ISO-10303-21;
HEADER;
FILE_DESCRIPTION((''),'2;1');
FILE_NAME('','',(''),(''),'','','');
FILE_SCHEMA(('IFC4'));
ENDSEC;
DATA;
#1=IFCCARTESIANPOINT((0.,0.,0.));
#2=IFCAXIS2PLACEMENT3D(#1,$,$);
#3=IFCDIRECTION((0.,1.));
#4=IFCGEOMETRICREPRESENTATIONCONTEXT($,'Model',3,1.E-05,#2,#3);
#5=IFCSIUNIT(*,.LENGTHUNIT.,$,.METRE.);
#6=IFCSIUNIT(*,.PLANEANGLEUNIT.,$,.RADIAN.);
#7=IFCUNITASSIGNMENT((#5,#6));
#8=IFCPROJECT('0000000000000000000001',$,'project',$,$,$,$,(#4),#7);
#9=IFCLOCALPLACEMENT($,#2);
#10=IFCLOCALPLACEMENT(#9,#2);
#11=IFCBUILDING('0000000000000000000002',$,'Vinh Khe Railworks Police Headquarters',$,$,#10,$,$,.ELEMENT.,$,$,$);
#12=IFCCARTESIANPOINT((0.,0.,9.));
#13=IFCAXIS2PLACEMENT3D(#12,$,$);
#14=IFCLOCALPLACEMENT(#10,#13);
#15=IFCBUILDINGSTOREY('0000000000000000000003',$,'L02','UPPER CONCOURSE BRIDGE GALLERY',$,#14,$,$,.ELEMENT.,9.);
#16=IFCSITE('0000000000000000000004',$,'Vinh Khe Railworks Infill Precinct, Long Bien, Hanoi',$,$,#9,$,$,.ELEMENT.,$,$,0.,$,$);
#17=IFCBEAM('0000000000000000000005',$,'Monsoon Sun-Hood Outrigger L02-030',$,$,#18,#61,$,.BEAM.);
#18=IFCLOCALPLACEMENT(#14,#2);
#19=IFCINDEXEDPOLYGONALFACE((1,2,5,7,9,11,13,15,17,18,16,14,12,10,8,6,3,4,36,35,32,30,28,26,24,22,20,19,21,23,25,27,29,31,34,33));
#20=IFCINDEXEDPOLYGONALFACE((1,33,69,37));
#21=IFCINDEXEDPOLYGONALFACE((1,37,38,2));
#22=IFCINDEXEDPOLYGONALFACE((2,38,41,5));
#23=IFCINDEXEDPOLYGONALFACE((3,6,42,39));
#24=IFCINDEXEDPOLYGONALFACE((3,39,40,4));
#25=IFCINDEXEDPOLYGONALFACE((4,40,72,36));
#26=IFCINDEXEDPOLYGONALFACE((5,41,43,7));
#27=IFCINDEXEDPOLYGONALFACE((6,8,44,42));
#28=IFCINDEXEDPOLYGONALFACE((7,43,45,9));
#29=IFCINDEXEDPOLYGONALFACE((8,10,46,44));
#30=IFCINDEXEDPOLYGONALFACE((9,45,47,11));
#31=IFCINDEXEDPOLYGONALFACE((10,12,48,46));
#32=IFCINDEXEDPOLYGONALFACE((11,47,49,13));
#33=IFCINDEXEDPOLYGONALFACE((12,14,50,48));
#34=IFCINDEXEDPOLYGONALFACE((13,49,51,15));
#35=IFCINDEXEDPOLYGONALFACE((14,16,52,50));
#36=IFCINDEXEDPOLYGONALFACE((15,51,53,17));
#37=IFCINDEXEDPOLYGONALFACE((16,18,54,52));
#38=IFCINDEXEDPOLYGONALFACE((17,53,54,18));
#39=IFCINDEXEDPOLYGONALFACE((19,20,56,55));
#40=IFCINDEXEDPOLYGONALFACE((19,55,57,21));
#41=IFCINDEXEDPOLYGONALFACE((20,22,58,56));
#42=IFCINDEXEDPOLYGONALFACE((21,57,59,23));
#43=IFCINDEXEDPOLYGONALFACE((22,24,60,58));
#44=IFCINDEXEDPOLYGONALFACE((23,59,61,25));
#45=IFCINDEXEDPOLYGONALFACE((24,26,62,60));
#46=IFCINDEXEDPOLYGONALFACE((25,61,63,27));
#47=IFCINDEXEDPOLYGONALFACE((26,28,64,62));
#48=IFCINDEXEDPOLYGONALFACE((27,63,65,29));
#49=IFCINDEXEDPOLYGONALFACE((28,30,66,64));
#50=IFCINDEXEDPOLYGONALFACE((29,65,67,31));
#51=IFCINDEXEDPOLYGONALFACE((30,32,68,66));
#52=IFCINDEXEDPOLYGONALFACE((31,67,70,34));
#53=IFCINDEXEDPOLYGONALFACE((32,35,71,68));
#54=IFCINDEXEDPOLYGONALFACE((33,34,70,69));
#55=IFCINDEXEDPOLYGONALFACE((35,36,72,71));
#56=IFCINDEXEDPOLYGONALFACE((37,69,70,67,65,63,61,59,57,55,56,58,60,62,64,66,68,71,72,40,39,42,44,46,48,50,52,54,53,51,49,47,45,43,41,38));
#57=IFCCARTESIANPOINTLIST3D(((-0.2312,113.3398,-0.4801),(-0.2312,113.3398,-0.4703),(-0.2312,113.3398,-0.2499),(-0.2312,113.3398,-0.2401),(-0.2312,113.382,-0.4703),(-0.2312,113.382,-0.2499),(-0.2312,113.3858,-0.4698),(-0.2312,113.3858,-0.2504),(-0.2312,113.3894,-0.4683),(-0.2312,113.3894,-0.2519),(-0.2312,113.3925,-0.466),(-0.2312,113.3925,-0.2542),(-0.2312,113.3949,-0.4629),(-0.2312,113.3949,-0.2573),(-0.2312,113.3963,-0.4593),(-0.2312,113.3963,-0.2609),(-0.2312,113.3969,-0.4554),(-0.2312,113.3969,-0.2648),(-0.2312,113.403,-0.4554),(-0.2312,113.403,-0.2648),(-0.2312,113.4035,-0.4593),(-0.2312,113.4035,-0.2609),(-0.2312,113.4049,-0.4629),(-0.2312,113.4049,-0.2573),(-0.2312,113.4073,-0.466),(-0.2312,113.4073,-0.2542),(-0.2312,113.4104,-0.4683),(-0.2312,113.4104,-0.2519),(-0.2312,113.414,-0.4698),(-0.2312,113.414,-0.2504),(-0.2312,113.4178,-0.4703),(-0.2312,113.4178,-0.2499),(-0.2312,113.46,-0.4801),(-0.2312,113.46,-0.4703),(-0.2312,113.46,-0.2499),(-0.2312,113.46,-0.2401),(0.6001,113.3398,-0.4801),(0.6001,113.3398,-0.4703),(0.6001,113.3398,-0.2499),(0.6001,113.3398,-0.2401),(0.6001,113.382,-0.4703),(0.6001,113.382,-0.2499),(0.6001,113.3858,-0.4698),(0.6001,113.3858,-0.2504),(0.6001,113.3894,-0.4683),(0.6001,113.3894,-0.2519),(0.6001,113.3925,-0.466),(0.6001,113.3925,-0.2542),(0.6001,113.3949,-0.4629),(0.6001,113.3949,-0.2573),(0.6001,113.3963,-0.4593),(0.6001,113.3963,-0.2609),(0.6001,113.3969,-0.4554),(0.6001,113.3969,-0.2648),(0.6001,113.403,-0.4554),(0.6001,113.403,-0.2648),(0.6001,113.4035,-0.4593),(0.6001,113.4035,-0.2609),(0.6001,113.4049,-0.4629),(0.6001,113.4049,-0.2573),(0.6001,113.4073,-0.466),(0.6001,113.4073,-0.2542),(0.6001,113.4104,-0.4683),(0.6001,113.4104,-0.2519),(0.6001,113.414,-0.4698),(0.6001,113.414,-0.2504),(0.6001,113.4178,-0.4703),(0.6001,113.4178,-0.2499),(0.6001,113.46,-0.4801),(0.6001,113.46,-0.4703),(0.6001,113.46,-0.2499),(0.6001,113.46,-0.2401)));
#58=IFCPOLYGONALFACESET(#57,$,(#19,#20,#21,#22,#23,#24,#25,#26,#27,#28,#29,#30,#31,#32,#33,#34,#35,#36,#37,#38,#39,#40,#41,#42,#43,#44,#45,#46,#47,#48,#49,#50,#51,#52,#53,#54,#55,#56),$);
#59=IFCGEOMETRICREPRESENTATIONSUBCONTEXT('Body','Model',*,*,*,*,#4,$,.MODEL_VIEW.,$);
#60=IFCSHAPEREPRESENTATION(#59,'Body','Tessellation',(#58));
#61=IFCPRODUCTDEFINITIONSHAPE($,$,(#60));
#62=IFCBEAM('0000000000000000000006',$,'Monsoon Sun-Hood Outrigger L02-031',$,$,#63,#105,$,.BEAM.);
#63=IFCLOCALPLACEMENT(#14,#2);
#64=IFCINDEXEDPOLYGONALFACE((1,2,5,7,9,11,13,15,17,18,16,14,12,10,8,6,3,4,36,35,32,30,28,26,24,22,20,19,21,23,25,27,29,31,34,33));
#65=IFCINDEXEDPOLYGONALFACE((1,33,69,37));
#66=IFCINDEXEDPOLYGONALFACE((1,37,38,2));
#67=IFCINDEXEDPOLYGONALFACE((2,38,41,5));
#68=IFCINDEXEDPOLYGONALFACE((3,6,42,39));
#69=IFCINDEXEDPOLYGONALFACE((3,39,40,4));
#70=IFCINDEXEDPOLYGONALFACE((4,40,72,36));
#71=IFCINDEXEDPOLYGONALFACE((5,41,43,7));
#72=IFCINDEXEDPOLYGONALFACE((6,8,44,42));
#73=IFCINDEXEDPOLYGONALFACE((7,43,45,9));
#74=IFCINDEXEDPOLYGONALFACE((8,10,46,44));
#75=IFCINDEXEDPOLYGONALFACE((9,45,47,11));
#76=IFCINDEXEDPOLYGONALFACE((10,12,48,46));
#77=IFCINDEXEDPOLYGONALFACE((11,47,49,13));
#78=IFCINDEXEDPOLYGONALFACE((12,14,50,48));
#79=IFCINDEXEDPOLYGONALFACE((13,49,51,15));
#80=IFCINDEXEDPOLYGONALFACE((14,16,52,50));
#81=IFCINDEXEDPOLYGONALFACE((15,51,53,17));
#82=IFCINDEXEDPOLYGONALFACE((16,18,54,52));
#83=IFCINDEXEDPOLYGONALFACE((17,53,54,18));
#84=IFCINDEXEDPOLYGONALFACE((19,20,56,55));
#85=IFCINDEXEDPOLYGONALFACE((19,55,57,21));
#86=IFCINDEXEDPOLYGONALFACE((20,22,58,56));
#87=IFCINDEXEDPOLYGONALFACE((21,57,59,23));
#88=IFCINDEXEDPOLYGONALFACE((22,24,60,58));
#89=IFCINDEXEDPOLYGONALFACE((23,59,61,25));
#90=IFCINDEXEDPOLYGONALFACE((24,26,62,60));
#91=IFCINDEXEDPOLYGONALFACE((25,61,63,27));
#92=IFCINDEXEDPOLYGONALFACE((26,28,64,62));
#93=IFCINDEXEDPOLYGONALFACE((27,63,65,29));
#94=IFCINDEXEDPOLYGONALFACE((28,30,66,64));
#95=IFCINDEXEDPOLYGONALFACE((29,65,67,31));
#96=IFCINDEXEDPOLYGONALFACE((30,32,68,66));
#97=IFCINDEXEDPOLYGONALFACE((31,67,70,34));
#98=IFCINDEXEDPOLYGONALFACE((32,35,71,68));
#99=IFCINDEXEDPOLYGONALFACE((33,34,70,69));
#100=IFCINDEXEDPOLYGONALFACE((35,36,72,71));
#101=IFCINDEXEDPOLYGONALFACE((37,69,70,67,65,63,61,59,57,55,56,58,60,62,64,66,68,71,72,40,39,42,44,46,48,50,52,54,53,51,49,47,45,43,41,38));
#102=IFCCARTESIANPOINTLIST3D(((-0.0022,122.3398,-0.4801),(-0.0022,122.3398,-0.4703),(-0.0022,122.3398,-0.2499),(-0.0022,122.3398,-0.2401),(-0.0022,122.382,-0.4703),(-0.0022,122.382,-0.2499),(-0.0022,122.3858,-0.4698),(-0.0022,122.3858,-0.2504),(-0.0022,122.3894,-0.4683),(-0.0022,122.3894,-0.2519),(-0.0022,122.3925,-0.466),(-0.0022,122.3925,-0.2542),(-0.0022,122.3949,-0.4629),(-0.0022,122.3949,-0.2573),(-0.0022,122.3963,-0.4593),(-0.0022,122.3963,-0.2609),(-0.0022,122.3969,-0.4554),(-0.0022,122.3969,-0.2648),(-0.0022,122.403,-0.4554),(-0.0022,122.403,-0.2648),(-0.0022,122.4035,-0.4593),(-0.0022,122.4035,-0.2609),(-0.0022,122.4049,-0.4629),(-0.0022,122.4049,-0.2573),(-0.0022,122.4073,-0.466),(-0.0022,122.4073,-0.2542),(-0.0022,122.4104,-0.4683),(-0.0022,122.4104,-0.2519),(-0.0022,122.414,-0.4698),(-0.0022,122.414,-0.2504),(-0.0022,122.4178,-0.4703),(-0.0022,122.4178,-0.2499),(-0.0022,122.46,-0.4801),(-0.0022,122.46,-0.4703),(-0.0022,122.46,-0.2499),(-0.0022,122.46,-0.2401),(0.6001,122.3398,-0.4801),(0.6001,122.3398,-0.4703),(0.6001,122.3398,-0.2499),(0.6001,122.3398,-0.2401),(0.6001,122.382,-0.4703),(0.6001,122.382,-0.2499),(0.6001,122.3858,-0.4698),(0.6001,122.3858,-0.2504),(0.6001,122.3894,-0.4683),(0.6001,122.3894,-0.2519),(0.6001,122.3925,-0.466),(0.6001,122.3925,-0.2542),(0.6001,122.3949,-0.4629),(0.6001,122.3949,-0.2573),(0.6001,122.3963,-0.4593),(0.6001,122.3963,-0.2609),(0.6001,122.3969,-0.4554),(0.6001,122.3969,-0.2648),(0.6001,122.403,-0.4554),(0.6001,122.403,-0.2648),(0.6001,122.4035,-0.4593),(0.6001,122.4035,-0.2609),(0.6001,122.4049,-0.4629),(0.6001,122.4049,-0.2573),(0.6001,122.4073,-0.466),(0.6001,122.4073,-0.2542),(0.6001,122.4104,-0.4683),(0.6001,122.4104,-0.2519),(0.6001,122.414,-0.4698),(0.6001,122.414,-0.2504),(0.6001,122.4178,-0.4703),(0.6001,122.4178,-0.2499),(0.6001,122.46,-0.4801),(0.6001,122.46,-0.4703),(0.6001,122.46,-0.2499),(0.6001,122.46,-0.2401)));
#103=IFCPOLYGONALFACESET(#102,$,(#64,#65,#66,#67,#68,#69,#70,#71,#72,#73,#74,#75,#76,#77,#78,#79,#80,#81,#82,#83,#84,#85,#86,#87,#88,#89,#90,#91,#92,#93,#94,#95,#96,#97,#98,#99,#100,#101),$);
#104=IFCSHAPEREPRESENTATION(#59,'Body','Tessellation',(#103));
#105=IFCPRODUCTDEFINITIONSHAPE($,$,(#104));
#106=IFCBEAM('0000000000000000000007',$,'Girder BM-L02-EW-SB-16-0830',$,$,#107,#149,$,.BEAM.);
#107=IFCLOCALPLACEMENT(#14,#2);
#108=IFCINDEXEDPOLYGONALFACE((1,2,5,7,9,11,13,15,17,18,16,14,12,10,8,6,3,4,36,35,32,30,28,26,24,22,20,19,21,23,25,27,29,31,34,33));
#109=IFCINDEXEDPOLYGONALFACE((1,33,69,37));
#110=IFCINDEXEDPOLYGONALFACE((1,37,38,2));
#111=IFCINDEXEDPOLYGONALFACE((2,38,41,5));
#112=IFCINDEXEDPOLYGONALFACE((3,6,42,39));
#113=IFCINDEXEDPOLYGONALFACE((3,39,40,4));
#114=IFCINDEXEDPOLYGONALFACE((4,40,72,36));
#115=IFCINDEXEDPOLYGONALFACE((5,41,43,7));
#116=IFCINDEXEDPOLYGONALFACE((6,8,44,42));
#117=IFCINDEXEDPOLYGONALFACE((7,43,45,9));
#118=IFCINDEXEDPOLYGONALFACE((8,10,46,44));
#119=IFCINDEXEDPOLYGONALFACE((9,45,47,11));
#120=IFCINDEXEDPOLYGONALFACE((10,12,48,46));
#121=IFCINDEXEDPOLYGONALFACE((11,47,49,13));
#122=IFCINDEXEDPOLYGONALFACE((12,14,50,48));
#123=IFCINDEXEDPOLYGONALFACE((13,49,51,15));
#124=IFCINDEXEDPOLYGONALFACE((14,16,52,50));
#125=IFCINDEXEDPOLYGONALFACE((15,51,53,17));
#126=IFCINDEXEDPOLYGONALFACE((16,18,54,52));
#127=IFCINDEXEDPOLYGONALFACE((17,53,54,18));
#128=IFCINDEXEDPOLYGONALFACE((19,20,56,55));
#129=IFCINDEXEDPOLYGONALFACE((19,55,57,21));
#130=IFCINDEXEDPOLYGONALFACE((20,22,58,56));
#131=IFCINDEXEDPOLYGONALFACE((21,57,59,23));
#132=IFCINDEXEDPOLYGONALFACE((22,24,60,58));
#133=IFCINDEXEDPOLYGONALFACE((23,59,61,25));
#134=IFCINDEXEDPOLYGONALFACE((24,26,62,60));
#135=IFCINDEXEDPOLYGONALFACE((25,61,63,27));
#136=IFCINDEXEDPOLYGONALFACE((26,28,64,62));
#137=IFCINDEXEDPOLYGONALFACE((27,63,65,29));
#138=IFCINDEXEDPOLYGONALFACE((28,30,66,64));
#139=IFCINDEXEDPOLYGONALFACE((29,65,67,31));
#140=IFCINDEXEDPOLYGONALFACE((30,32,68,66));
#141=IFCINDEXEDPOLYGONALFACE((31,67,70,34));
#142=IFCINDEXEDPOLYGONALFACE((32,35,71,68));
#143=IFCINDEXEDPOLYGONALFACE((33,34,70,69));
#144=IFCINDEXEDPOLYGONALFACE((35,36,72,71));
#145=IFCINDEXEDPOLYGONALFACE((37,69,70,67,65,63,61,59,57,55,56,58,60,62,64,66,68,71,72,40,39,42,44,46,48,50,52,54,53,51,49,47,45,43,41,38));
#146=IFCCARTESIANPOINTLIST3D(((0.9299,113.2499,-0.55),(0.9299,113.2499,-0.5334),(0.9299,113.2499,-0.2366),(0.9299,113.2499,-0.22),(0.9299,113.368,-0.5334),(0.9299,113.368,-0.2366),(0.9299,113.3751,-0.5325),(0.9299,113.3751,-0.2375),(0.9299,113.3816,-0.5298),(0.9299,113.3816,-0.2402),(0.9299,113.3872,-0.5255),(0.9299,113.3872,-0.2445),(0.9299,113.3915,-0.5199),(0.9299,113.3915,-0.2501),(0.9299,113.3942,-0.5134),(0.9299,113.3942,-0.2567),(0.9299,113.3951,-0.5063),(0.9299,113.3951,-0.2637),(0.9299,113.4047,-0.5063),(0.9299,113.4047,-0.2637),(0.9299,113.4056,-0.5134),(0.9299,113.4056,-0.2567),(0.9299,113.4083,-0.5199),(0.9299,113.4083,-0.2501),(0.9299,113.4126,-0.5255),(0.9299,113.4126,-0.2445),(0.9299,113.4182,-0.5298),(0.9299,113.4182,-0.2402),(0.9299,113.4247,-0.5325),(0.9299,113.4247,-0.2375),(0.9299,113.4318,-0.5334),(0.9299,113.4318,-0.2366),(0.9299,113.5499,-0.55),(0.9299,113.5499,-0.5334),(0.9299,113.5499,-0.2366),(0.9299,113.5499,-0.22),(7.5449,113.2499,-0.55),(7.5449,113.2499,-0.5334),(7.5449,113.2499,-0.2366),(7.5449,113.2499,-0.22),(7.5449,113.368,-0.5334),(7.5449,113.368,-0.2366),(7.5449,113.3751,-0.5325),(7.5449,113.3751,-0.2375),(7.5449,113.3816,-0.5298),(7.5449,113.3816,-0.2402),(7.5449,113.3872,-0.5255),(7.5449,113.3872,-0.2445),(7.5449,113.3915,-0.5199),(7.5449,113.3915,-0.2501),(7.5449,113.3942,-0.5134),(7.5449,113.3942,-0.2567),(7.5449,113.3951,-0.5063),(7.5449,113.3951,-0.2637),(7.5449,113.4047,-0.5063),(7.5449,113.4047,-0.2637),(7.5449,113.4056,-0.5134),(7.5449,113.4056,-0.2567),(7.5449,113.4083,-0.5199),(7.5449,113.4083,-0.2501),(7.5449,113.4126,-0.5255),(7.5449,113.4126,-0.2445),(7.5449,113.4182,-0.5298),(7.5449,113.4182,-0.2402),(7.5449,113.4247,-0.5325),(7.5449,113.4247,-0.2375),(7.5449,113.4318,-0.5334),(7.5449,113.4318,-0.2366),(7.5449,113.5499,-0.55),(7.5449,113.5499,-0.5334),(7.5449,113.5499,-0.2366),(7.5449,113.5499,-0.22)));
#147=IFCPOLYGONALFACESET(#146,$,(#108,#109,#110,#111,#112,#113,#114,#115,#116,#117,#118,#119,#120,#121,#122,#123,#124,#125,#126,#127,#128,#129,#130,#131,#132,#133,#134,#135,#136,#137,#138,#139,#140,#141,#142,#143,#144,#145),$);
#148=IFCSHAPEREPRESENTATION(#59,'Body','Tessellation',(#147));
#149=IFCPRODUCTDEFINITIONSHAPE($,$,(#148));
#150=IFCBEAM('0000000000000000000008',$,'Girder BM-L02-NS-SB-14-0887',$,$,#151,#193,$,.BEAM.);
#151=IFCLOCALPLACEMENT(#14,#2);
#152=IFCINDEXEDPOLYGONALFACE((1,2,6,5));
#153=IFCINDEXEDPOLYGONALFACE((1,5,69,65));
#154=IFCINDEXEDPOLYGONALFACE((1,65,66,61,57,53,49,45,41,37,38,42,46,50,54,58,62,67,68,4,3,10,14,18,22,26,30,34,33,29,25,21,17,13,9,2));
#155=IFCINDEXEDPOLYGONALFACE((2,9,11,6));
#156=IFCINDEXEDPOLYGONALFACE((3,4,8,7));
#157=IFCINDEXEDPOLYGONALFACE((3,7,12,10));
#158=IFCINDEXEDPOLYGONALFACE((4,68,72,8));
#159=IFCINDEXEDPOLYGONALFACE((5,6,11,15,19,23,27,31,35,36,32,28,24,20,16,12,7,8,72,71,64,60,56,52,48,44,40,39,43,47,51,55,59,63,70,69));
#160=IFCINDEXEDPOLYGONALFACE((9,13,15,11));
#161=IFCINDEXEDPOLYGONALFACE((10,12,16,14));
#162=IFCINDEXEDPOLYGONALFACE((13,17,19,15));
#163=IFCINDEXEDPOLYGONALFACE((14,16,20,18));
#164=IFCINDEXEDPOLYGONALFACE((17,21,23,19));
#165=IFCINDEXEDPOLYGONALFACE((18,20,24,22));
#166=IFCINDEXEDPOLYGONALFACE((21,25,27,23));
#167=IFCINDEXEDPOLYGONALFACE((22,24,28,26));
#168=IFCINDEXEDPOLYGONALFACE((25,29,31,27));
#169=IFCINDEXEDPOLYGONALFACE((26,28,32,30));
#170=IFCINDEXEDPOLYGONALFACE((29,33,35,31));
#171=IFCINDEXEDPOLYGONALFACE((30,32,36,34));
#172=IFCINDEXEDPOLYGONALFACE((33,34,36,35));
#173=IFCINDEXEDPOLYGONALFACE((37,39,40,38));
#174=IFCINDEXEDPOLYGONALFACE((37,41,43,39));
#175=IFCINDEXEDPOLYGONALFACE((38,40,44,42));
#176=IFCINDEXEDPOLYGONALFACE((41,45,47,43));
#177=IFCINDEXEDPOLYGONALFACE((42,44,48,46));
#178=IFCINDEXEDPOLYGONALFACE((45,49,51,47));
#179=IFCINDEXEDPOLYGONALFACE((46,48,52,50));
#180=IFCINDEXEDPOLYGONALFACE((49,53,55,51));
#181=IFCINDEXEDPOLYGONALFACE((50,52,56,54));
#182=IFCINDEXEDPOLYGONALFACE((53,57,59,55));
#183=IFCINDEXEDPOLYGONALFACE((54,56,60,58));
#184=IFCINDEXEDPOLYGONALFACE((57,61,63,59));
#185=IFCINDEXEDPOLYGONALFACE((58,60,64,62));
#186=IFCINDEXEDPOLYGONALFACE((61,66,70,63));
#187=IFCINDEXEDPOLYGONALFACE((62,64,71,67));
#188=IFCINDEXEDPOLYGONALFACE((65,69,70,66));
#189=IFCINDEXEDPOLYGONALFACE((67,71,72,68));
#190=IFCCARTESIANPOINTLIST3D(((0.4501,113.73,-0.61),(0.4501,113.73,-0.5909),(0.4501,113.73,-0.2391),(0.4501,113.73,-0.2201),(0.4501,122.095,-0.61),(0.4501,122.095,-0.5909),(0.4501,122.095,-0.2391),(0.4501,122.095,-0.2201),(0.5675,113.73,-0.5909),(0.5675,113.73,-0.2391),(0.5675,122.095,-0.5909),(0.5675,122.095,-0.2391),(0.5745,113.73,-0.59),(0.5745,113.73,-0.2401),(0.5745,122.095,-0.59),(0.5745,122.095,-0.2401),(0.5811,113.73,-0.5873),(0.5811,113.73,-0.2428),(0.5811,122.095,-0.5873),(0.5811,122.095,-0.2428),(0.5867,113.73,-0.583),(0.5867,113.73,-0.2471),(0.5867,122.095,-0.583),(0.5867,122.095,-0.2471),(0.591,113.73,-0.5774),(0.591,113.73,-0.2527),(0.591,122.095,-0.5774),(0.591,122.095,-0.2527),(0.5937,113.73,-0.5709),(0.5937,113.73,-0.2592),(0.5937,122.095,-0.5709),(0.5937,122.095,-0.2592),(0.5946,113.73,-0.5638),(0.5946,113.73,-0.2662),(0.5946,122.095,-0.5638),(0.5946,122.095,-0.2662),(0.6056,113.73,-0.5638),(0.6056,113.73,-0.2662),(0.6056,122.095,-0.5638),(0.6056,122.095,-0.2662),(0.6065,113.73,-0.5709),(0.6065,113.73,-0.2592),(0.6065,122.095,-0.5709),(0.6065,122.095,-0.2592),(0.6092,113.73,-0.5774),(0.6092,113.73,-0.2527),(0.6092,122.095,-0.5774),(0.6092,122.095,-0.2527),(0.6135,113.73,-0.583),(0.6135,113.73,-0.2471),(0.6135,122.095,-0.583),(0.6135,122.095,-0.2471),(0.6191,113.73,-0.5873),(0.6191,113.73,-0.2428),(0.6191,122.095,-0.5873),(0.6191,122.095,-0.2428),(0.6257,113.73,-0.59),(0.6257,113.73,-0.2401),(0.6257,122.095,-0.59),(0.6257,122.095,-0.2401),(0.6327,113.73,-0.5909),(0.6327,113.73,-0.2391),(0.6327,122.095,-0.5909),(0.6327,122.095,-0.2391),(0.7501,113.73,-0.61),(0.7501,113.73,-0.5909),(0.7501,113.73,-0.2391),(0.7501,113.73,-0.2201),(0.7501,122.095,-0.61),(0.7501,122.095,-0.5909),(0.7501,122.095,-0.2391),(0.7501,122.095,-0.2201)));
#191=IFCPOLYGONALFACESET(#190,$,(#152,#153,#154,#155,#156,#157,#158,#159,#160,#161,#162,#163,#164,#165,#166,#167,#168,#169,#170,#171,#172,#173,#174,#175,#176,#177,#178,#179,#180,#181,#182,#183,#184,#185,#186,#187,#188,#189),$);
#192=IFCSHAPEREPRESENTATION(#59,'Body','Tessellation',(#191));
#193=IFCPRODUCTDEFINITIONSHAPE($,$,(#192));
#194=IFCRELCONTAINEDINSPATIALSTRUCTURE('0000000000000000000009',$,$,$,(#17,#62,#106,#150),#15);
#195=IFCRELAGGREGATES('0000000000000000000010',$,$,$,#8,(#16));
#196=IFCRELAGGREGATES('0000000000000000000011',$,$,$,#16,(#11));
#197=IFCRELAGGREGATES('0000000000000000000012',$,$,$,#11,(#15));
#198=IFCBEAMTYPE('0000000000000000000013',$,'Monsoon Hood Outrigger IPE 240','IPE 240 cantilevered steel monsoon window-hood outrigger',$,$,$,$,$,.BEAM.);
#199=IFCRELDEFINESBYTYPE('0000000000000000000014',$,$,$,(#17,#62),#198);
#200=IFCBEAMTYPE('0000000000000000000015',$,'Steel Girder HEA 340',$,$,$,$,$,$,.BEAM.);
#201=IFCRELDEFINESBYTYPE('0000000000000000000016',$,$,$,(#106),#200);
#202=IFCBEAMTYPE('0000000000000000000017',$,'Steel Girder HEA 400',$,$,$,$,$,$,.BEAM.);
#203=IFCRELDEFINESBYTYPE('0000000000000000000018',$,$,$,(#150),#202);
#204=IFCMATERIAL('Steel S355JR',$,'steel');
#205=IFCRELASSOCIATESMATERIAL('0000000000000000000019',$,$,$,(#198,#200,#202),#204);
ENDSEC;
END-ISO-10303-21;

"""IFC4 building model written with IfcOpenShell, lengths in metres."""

from ifc_helpers import new_model, si_unit, direction, frame, origin, origin_2d, place, context, subcontext, project, spatial, i_section, extrude, material, material_profile, profile_set, type_object, element, save


model = new_model("IFC4")

# Units and contexts
model_context = context("Model", 3, precision=1e-05, world=origin(), true_north=direction((0.0, 1.0)))
body_context = subcontext(model_context, "Body", "Model", "MODEL_VIEW")
ifc_project = project(units=[si_unit("LENGTHUNIT", "METRE"), si_unit("PLANEANGLEUNIT", "RADIAN")], contexts=[model_context])

# Site, building, storey
site_placement = place(None, origin())
site = spatial("IfcSite", under=ifc_project, at=site_placement, Name="Vinh Khe Railworks Infill Precinct, Long Bien, Hanoi", CompositionType="ELEMENT", RefElevation=0.0)
building_placement = place(site_placement, origin())
building = spatial("IfcBuilding", under=site, at=building_placement, Name="Vinh Khe Railworks Police Headquarters", CompositionType="ELEMENT")
storey_placement = place(building_placement, frame((0.0, 0.0, 9.0)))
storey = spatial("IfcBuildingStorey", under=building, at=storey_placement, Name="L02", Description="UPPER CONCOURSE BRIDGE GALLERY", CompositionType="ELEMENT", Elevation=9.0)

# Shared definitions
ifc_material_1 = material(Name="Steel S355JR", Category="steel")

# Beams
ifc_material_profile_1 = material_profile(ifc_material_1, i_section(OverallWidth=0.1201, OverallDepth=0.24, WebThickness=0.0061, FlangeThickness=0.0098, FilletRadius=0.0149, at=origin_2d()), Name="IPE 240")
ifc_profile_set_1 = profile_set([ifc_material_profile_1], Name="Steel S355JR")
beam_type_1 = type_object("IfcBeamType", Name="Monsoon Hood Outrigger IPE 240", Description="IPE 240 cantilevered steel monsoon window-hood outrigger", PredefinedType="BEAM", material=ifc_profile_set_1)
beam_1_placement = place(storey_placement, frame((-0.2312, 113.3999, -0.3601), z_axis=(1.0, 0.0, 0.0), x_axis=(0.0, 1.0, 0.0)))
element("IfcBeam", 1, at=beam_1_placement, inside=storey, type_object=beam_type_1, Name="Monsoon Sun-Hood Outrigger L02-030", PredefinedType="BEAM", context=body_context, shape_type="SweptSolid", body=[
    extrude(i_section(OverallWidth=0.1201, OverallDepth=0.24, WebThickness=0.0061, FlangeThickness=0.0098, FilletRadius=0.0149, at=origin_2d()), origin(), (0.0, 0.0, 1.0), 0.8313),
])
beam_2_placement = place(storey_placement, frame((-0.0022, 122.3999, -0.3601), z_axis=(1.0, 0.0, 0.0), x_axis=(0.0, 1.0, 0.0)))
element("IfcBeam", 2, at=beam_2_placement, inside=storey, type_object=beam_type_1, Name="Monsoon Sun-Hood Outrigger L02-031", PredefinedType="BEAM", context=body_context, shape_type="SweptSolid", body=[
    extrude(i_section(OverallWidth=0.1201, OverallDepth=0.24, WebThickness=0.0061, FlangeThickness=0.0098, FilletRadius=0.0149, at=origin_2d()), origin(), (0.0, 0.0, 1.0), 0.6023),
])
ifc_material_profile_2 = material_profile(ifc_material_1, i_section(OverallWidth=0.3, OverallDepth=0.3301, WebThickness=0.0095, FlangeThickness=0.0166, FilletRadius=0.0271, at=origin_2d()), Name="HEA 340")
ifc_profile_set_2 = profile_set([ifc_material_profile_2], Name="Steel S355JR")
beam_type_2 = type_object("IfcBeamType", Name="Steel Girder HEA 340", PredefinedType="BEAM", material=ifc_profile_set_2)
beam_3_placement = place(storey_placement, frame((0.9299, 113.3999, -0.385), z_axis=(1.0, 0.0, 0.0), x_axis=(0.0, 1.0, 0.0)))
element("IfcBeam", 3, at=beam_3_placement, inside=storey, type_object=beam_type_2, Name="Girder BM-L02-EW-SB-16-0830", PredefinedType="BEAM", context=body_context, shape_type="SweptSolid", body=[
    extrude(i_section(OverallWidth=0.3, OverallDepth=0.3301, WebThickness=0.0095, FlangeThickness=0.0166, FilletRadius=0.0271, at=origin_2d()), origin(), (0.0, 0.0, 1.0), 6.615),
])
ifc_material_profile_3 = material_profile(ifc_material_1, i_section(OverallWidth=0.3, OverallDepth=0.3899, WebThickness=0.011, FlangeThickness=0.019, FilletRadius=0.0271, at=origin_2d()), Name="HEA 400")
ifc_profile_set_3 = profile_set([ifc_material_profile_3], Name="Steel S355JR")
beam_type_3 = type_object("IfcBeamType", Name="Steel Girder HEA 400", PredefinedType="BEAM", material=ifc_profile_set_3)
beam_4_placement = place(storey_placement, frame((0.6001, 113.73, -0.415), z_axis=(0.0, 1.0, 0.0), x_axis=(-1.0, 0.0, 0.0)))
element("IfcBeam", 4, at=beam_4_placement, inside=storey, type_object=beam_type_3, Name="Girder BM-L02-NS-SB-14-0887", PredefinedType="BEAM", context=body_context, shape_type="SweptSolid", body=[
    extrude(i_section(OverallWidth=0.3, OverallDepth=0.3899, WebThickness=0.011, FlangeThickness=0.019, FilletRadius=0.0271, at=origin_2d()), origin(), (0.0, 0.0, 1.0), 8.365),
])

save(model, "model.ifc")
